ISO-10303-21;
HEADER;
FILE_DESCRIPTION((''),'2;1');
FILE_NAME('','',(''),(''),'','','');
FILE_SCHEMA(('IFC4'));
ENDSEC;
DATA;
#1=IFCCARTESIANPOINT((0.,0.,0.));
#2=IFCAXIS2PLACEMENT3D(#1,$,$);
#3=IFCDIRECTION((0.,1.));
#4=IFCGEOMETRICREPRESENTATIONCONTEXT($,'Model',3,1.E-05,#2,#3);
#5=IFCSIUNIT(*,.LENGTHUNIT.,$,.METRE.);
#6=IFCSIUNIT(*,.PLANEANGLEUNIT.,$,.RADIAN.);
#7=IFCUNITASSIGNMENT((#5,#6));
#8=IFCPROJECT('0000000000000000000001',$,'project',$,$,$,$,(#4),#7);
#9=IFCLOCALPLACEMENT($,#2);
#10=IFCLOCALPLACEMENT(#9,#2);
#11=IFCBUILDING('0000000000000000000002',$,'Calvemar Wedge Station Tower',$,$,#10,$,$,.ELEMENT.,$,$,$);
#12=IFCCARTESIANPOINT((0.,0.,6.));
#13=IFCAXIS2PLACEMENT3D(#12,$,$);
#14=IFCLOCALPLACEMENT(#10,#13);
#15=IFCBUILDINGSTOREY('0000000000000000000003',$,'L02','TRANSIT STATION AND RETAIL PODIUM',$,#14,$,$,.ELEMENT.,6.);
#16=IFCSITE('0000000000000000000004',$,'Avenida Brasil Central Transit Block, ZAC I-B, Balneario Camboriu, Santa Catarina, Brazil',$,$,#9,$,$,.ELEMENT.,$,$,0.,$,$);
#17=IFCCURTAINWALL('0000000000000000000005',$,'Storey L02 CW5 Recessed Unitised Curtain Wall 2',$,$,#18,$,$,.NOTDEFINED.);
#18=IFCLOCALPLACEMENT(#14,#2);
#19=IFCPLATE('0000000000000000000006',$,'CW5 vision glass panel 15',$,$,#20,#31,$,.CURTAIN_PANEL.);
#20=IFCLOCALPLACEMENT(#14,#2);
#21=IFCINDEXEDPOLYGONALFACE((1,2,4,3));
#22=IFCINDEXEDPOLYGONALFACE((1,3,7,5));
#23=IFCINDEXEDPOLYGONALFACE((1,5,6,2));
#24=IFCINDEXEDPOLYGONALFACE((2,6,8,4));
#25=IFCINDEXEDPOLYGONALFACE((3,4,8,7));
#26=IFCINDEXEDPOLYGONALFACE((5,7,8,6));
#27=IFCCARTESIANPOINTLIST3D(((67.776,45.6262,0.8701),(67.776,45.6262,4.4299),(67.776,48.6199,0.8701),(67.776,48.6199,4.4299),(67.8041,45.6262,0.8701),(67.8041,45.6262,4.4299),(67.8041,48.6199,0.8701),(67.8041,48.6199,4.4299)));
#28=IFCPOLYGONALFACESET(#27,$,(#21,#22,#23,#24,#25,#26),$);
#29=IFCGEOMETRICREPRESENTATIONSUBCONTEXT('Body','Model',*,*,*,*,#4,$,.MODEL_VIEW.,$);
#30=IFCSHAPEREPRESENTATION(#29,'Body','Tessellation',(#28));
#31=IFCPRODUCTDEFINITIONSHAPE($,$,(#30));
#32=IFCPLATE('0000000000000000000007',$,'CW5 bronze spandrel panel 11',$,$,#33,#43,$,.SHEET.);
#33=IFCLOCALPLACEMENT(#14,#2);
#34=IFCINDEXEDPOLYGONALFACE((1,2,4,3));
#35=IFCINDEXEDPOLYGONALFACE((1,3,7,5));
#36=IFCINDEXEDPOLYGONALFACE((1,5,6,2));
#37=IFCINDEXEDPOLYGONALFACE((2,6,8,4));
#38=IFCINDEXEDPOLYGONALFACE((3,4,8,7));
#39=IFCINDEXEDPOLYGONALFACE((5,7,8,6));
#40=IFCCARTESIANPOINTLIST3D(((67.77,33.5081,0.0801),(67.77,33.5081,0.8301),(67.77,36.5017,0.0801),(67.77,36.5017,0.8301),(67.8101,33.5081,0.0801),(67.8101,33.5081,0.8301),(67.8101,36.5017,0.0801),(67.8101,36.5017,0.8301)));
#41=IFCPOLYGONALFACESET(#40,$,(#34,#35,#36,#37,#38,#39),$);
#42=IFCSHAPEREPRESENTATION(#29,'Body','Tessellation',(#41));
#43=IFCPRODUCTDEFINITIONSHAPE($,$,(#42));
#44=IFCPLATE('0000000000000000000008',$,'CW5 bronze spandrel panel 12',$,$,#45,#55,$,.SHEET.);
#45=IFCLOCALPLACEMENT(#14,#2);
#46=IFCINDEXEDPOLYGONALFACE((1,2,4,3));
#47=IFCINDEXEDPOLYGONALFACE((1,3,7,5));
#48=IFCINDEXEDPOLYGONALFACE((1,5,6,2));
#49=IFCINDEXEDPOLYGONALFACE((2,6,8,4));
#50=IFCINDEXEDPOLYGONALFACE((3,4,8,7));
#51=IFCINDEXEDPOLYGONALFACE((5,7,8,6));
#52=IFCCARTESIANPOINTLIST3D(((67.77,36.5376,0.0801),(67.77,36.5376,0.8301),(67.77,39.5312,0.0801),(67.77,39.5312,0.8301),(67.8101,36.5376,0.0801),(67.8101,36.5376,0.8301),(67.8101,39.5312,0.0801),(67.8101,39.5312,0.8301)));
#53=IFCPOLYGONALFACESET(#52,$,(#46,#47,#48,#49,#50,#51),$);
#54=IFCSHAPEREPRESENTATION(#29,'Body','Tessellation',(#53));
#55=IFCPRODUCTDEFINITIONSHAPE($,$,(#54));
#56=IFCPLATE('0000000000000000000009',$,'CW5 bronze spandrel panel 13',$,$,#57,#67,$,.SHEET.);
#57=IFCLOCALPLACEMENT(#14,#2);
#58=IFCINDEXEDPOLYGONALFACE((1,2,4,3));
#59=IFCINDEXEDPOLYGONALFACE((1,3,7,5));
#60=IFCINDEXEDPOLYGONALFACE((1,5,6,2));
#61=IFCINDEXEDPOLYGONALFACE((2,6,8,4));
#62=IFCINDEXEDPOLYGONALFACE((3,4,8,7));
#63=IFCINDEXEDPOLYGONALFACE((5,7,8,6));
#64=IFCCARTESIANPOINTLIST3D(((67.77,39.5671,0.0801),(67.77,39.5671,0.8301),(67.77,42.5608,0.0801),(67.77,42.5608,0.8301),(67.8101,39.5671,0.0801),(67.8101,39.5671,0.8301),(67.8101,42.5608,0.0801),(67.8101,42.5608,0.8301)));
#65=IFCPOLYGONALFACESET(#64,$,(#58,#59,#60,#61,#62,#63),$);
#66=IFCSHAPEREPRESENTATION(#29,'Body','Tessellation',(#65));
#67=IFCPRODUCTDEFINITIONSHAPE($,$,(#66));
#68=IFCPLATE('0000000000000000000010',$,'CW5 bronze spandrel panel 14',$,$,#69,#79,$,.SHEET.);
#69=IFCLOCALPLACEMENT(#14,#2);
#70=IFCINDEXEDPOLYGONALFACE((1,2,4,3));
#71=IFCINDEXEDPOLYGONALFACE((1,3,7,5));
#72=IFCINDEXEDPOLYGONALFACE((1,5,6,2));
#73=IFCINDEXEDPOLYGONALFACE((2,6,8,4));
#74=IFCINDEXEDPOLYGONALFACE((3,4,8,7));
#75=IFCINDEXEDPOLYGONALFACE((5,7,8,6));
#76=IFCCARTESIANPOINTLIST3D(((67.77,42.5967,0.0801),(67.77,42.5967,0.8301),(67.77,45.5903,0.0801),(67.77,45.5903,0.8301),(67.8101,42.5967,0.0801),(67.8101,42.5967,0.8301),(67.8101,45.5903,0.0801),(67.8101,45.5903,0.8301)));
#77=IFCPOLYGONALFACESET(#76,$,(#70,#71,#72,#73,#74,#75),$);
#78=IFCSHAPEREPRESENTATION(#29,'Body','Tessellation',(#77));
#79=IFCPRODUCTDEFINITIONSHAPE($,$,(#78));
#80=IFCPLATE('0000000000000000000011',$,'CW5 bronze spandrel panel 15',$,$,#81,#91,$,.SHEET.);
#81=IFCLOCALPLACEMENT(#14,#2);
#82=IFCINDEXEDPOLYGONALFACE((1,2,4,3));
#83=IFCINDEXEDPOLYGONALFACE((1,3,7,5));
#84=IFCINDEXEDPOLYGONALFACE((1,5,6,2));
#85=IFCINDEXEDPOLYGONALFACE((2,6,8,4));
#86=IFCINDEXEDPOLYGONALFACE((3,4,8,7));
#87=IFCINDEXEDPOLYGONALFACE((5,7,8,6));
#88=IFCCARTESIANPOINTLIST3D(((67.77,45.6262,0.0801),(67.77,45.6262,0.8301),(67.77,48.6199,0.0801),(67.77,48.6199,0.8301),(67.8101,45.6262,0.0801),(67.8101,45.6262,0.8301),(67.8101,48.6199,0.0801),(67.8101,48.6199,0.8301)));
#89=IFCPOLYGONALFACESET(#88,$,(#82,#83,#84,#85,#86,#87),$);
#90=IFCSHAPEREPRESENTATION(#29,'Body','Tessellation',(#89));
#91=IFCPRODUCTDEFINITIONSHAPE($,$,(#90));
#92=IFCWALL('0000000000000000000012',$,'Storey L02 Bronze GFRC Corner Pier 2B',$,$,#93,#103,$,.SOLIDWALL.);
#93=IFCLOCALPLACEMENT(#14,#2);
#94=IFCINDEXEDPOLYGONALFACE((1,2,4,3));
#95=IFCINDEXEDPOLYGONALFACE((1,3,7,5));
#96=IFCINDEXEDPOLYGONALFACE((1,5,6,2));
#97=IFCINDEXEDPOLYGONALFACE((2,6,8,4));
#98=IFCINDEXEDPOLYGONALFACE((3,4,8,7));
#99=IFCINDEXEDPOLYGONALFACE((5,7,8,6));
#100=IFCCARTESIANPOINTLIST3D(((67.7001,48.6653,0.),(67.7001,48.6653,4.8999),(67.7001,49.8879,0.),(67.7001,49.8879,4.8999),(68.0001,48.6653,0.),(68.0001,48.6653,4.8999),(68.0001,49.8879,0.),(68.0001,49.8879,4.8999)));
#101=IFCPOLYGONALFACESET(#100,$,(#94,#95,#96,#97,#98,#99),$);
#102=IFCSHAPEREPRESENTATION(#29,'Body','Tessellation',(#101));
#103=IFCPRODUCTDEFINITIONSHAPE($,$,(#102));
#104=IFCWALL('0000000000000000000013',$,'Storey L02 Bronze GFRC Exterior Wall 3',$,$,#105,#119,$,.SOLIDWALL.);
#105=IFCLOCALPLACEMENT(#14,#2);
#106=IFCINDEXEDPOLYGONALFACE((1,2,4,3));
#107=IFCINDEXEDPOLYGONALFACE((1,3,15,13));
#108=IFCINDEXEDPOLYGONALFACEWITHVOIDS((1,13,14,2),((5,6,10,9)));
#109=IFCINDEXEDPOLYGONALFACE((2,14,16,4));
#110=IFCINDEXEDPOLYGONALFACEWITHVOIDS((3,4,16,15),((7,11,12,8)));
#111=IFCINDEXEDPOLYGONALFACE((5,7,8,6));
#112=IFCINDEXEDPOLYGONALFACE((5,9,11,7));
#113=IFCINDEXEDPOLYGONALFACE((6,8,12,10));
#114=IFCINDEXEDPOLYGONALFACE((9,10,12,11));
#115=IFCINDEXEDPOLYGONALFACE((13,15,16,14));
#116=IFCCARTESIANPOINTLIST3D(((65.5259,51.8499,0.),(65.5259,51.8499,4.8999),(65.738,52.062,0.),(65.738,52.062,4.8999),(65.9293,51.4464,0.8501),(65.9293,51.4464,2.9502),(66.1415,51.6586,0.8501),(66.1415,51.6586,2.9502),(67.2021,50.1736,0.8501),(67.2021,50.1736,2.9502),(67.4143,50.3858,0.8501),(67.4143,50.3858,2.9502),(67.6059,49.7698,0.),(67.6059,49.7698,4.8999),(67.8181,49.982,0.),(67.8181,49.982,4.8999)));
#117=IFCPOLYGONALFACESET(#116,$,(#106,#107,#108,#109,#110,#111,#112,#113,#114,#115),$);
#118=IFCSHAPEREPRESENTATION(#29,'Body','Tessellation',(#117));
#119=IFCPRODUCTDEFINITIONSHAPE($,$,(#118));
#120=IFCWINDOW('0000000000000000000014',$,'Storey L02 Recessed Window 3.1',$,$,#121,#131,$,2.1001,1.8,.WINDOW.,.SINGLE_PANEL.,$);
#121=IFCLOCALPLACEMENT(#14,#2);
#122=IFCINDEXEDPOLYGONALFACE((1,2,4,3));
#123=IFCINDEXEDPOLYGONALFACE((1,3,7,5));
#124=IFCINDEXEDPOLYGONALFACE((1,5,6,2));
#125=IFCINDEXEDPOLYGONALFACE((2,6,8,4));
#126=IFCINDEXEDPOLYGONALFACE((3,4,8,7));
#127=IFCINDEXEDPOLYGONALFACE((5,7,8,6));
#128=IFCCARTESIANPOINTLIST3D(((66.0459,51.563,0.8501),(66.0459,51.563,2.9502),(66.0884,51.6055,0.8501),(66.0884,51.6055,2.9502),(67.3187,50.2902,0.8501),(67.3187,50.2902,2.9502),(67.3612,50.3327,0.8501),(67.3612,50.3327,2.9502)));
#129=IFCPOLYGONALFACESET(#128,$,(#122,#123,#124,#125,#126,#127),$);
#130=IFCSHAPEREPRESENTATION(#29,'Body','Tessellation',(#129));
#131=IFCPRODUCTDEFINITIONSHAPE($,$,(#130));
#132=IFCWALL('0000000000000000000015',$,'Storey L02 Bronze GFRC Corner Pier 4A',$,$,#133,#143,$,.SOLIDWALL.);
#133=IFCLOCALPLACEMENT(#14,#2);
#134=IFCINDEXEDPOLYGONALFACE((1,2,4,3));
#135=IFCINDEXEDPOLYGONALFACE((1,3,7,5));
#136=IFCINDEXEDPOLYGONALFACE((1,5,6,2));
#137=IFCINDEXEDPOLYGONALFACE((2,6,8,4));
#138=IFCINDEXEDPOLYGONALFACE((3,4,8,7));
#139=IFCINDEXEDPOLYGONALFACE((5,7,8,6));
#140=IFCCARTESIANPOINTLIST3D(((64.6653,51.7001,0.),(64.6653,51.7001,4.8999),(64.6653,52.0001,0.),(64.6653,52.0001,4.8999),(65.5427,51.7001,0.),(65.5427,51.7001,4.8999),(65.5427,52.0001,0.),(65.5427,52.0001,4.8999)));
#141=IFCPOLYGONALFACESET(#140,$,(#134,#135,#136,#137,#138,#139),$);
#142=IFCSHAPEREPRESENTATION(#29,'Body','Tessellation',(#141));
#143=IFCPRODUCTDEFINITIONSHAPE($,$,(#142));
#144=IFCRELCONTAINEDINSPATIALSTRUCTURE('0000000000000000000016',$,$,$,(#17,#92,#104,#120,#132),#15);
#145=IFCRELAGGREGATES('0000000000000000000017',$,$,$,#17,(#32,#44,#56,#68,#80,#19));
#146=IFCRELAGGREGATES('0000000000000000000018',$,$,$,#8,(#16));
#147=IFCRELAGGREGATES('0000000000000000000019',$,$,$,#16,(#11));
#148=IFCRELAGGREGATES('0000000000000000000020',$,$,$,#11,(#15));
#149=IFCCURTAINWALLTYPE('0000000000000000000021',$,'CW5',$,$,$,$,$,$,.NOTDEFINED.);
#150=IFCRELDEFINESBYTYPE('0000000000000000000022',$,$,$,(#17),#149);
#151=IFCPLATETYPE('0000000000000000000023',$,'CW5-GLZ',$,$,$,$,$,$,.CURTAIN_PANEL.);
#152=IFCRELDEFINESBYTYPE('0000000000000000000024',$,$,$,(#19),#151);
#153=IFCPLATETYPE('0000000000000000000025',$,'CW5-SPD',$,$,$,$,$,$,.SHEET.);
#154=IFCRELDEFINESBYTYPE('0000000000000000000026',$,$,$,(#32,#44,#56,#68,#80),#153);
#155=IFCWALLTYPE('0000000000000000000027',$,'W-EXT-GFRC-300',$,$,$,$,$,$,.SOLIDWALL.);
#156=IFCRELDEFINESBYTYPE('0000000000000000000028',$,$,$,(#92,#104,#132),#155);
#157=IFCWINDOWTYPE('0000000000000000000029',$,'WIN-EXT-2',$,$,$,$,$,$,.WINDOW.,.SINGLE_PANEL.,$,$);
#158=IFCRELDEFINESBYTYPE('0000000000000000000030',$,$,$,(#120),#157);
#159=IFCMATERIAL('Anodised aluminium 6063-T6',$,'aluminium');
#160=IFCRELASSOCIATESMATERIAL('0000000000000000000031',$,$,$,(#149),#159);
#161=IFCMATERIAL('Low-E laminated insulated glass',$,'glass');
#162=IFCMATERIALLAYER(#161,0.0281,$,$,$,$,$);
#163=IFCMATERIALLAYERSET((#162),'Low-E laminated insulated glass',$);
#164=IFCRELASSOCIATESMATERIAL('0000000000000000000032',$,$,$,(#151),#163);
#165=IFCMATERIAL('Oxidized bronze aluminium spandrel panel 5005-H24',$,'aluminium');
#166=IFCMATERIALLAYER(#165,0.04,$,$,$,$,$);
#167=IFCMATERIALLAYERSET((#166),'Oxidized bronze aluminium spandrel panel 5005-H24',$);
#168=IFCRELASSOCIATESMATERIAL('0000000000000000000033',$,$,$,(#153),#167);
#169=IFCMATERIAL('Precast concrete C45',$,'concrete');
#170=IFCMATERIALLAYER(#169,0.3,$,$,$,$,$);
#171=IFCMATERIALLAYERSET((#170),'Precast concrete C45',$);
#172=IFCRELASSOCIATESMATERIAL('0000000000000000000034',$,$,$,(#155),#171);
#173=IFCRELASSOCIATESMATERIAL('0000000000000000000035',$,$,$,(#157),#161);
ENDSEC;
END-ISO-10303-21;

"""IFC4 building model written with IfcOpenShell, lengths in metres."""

from ifc_helpers import new_model, si_unit, direction, frame, frame_2d, origin, place, context, subcontext, project, spatial, rectangle, extrude, source, transform, mapped, material, layer, layer_set, type_object, element, fill, aggregate, save


model = new_model("IFC4")

# Units and contexts
model_context = context("Model", 3, precision=1e-05, world=origin(), true_north=direction((0.0, 1.0)))
body_context = subcontext(model_context, "Body", "Model", "MODEL_VIEW")
ifc_project = project(units=[si_unit("LENGTHUNIT", "METRE"), si_unit("PLANEANGLEUNIT", "RADIAN")], contexts=[model_context])

# Site, building, storey
site_placement = place(None, origin())
site = spatial("IfcSite", under=ifc_project, at=site_placement, Name="Avenida Brasil Central Transit Block, ZAC I-B, Balneario Camboriu, Santa Catarina, Brazil", CompositionType="ELEMENT", RefElevation=0.0)
building_placement = place(site_placement, origin())
building = spatial("IfcBuilding", under=site, at=building_placement, Name="Calvemar Wedge Station Tower", CompositionType="ELEMENT")
storey_placement = place(building_placement, frame((0.0, 0.0, 6.0)))
storey = spatial("IfcBuildingStorey", under=building, at=storey_placement, Name="L02", Description="TRANSIT STATION AND RETAIL PODIUM", CompositionType="ELEMENT", Elevation=6.0)

# Curtain wall
ifc_material_1 = material(Name="Anodised aluminium 6063-T6", Category="aluminium")
curtain_wall_type = type_object("IfcCurtainWallType", Name="CW5", PredefinedType="NOTDEFINED", material=ifc_material_1)
curtain_wall_1_placement = place(storey_placement, origin())
curtain_wall_1 = element("IfcCurtainWall", 1, at=curtain_wall_1_placement, inside=storey, type_object=curtain_wall_type, Name="Storey L02 CW5 Recessed Unitised Curtain Wall 2", PredefinedType="NOTDEFINED")

# Plates
ifc_material_2 = material(Name="Low-E laminated insulated glass", Category="glass")
ifc_layer_1 = layer(ifc_material_2, 0.0281)
ifc_layer_set_1 = layer_set([ifc_layer_1], Name="Low-E laminated insulated glass")
plate_type_1 = type_object("IfcPlateType", Name="CW5-GLZ", PredefinedType="CURTAIN_PANEL", material=ifc_layer_set_1)
plate_1_placement = place(storey_placement, frame((67.79, 45.6262, 0.8701), z_axis=(0.0, 0.0, 1.0), x_axis=(0.0, 1.0, 0.0)))
plate_1 = element("IfcPlate", 2, at=plate_1_placement, type_object=plate_type_1, Name="CW5 vision glass panel 15", PredefinedType="CURTAIN_PANEL", context=body_context, shape_type="SweptSolid", body=[
    extrude(rectangle(XDim=2.9937, YDim=0.0281, at=frame_2d((1.4968, 0.0))), origin(), (0.0, 0.0, 1.0), 3.5598),
])
ifc_material_3 = material(Name="Oxidized bronze aluminium spandrel panel 5005-H24", Category="aluminium")
ifc_layer_2 = layer(ifc_material_3, 0.04)
ifc_layer_set_2 = layer_set([ifc_layer_2], Name="Oxidized bronze aluminium spandrel panel 5005-H24")
plate_type_2 = type_object("IfcPlateType", Name="CW5-SPD", PredefinedType="SHEET", material=ifc_layer_set_2)
plate_2_placement = place(storey_placement, frame((67.79, 33.5081, 0.0801), z_axis=(0.0, 0.0, 1.0), x_axis=(0.0, 1.0, 0.0)))
plate_2 = element("IfcPlate", 3, at=plate_2_placement, type_object=plate_type_2, Name="CW5 bronze spandrel panel 11", PredefinedType="SHEET", context=body_context, shape_type="SweptSolid", body=[
    extrude(rectangle(XDim=2.9937, YDim=0.04, at=frame_2d((1.4968, 0.0))), origin(), (0.0, 0.0, 1.0), 0.75),
])
plate_3_placement = place(storey_placement, frame((67.79, 36.5376, 0.0801), z_axis=(0.0, 0.0, 1.0), x_axis=(0.0, 1.0, 0.0)))
plate_3 = element("IfcPlate", 4, at=plate_3_placement, type_object=plate_type_2, Name="CW5 bronze spandrel panel 12", PredefinedType="SHEET", context=body_context, shape_type="SweptSolid", body=[
    extrude(rectangle(XDim=2.9937, YDim=0.04, at=frame_2d((1.4968, 0.0))), origin(), (0.0, 0.0, 1.0), 0.75),
])
plate_4_placement = place(storey_placement, frame((67.79, 39.5671, 0.0801), z_axis=(0.0, 0.0, 1.0), x_axis=(0.0, 1.0, 0.0)))
plate_4 = element("IfcPlate", 5, at=plate_4_placement, type_object=plate_type_2, Name="CW5 bronze spandrel panel 13", PredefinedType="SHEET", context=body_context, shape_type="SweptSolid", body=[
    extrude(rectangle(XDim=2.9937, YDim=0.04, at=frame_2d((1.4968, 0.0))), origin(), (0.0, 0.0, 1.0), 0.75),
])
plate_5_placement = place(storey_placement, frame((67.79, 42.5967, 0.0801), z_axis=(0.0, 0.0, 1.0), x_axis=(0.0, 1.0, 0.0)))
plate_5 = element("IfcPlate", 6, at=plate_5_placement, type_object=plate_type_2, Name="CW5 bronze spandrel panel 14", PredefinedType="SHEET", context=body_context, shape_type="SweptSolid", body=[
    extrude(rectangle(XDim=2.9937, YDim=0.04, at=frame_2d((1.4968, 0.0))), origin(), (0.0, 0.0, 1.0), 0.75),
])
plate_6_placement = place(storey_placement, frame((67.79, 45.6262, 0.0801), z_axis=(0.0, 0.0, 1.0), x_axis=(0.0, 1.0, 0.0)))
plate_6 = element("IfcPlate", 7, at=plate_6_placement, type_object=plate_type_2, Name="CW5 bronze spandrel panel 15", PredefinedType="SHEET", context=body_context, shape_type="SweptSolid", body=[
    extrude(rectangle(XDim=2.9937, YDim=0.04, at=frame_2d((1.4968, 0.0))), origin(), (0.0, 0.0, 1.0), 0.75),
])
aggregate(curtain_wall_1, [plate_2, plate_3, plate_4, plate_5, plate_6, plate_1])

# Wall
ifc_material_4 = material(Name="Precast concrete C45", Category="concrete")
ifc_layer_3 = layer(ifc_material_4, 0.3)
ifc_layer_set_3 = layer_set([ifc_layer_3], Name="Precast concrete C45")
wall_type = type_object("IfcWallType", Name="W-EXT-GFRC-300", PredefinedType="SOLIDWALL", material=ifc_layer_set_3)
wall_1_placement = place(storey_placement, frame((67.8501, 48.6653, 0.0), z_axis=(0.0, 0.0, 1.0), x_axis=(0.0, 1.0, 0.0)))
element("IfcWall", 8, at=wall_1_placement, inside=storey, type_object=wall_type, Name="Storey L02 Bronze GFRC Corner Pier 2B", PredefinedType="SOLIDWALL", context=body_context, shape_type="SweptSolid", body=[
    extrude(rectangle(XDim=1.2227, YDim=0.3, at=frame_2d((0.6113, 0.0))), origin(), (0.0, 0.0, 1.0), 4.8999),
])

# Wall, opening, window
wall_2_placement = place(storey_placement, frame((67.7119, 49.876, 0.0), z_axis=(0.0, 0.0, 1.0), x_axis=(-0.707107, 0.707107, 0.0)))
wall_2 = element("IfcWall", 9, at=wall_2_placement, inside=storey, type_object=wall_type, Name="Storey L02 Bronze GFRC Exterior Wall 3", PredefinedType="SOLIDWALL", context=body_context, shape_type="SweptSolid", body=[
    extrude(rectangle(XDim=2.9417, YDim=0.3, at=frame_2d((1.4707, 0.0))), origin(), (0.0, 0.0, 1.0), 4.8999),
])
shared_shape_1 = source(origin(), body_context, "Body", "SweptSolid", [
    extrude(rectangle(XDim=1.8, YDim=2.1001, at=frame_2d((0.8999, 1.05))), frame((0.0, 0.1602, 0.0), z_axis=(0.0, -1.0, 0.0), x_axis=(1.0, 0.0, 0.0)), (0.0, 0.0, 1.0), 0.3201),
])
opening_placement = place(wall_2_placement, frame((0.571, 0.0, 0.8501)))
opening = element("IfcOpeningElement", 10, at=opening_placement, cuts=wall_2, PredefinedType="OPENING", context=body_context, shape_type="MappedRepresentation", body=[
    mapped(shared_shape_1, transform((0.0, 0.0, 0.0), scale=1.0)),
])
window_type = type_object("IfcWindowType", Name="WIN-EXT-2", PartitioningType="SINGLE_PANEL", PredefinedType="WINDOW", material=ifc_material_2)
shared_shape_2 = source(origin(), body_context, "Body", "SweptSolid", [
    extrude(rectangle(XDim=1.8, YDim=2.1001, at=frame_2d((0.8999, 1.05))), frame((0.0, -0.0149, 0.0), z_axis=(0.0, -1.0, 0.0), x_axis=(1.0, 0.0, 0.0)), (0.0, 0.0, 1.0), 0.0601),
])
window_placement = place(opening_placement, origin())
window = element("IfcWindow", 11, at=window_placement, inside=storey, type_object=window_type, Name="Storey L02 Recessed Window 3.1", OverallHeight=2.1001, OverallWidth=1.8, PartitioningType="SINGLE_PANEL", PredefinedType="WINDOW", context=body_context, shape_type="MappedRepresentation", body=[
    mapped(shared_shape_2, transform((0.0, 0.0, 0.0), scale=1.0)),
])
fill(opening, window)

# Wall
wall_3_placement = place(storey_placement, frame((65.5427, 51.8501, 0.0), z_axis=(0.0, 0.0, 1.0), x_axis=(-1.0, 0.0, 0.0)))
element("IfcWall", 12, at=wall_3_placement, inside=storey, type_object=wall_type, Name="Storey L02 Bronze GFRC Corner Pier 4A", PredefinedType="SOLIDWALL", context=body_context, shape_type="SweptSolid", body=[
    extrude(rectangle(XDim=0.8774, YDim=0.3, at=frame_2d((0.4387, 0.0))), origin(), (0.0, 0.0, 1.0), 4.8999),
])

save(model, "model.ifc")
